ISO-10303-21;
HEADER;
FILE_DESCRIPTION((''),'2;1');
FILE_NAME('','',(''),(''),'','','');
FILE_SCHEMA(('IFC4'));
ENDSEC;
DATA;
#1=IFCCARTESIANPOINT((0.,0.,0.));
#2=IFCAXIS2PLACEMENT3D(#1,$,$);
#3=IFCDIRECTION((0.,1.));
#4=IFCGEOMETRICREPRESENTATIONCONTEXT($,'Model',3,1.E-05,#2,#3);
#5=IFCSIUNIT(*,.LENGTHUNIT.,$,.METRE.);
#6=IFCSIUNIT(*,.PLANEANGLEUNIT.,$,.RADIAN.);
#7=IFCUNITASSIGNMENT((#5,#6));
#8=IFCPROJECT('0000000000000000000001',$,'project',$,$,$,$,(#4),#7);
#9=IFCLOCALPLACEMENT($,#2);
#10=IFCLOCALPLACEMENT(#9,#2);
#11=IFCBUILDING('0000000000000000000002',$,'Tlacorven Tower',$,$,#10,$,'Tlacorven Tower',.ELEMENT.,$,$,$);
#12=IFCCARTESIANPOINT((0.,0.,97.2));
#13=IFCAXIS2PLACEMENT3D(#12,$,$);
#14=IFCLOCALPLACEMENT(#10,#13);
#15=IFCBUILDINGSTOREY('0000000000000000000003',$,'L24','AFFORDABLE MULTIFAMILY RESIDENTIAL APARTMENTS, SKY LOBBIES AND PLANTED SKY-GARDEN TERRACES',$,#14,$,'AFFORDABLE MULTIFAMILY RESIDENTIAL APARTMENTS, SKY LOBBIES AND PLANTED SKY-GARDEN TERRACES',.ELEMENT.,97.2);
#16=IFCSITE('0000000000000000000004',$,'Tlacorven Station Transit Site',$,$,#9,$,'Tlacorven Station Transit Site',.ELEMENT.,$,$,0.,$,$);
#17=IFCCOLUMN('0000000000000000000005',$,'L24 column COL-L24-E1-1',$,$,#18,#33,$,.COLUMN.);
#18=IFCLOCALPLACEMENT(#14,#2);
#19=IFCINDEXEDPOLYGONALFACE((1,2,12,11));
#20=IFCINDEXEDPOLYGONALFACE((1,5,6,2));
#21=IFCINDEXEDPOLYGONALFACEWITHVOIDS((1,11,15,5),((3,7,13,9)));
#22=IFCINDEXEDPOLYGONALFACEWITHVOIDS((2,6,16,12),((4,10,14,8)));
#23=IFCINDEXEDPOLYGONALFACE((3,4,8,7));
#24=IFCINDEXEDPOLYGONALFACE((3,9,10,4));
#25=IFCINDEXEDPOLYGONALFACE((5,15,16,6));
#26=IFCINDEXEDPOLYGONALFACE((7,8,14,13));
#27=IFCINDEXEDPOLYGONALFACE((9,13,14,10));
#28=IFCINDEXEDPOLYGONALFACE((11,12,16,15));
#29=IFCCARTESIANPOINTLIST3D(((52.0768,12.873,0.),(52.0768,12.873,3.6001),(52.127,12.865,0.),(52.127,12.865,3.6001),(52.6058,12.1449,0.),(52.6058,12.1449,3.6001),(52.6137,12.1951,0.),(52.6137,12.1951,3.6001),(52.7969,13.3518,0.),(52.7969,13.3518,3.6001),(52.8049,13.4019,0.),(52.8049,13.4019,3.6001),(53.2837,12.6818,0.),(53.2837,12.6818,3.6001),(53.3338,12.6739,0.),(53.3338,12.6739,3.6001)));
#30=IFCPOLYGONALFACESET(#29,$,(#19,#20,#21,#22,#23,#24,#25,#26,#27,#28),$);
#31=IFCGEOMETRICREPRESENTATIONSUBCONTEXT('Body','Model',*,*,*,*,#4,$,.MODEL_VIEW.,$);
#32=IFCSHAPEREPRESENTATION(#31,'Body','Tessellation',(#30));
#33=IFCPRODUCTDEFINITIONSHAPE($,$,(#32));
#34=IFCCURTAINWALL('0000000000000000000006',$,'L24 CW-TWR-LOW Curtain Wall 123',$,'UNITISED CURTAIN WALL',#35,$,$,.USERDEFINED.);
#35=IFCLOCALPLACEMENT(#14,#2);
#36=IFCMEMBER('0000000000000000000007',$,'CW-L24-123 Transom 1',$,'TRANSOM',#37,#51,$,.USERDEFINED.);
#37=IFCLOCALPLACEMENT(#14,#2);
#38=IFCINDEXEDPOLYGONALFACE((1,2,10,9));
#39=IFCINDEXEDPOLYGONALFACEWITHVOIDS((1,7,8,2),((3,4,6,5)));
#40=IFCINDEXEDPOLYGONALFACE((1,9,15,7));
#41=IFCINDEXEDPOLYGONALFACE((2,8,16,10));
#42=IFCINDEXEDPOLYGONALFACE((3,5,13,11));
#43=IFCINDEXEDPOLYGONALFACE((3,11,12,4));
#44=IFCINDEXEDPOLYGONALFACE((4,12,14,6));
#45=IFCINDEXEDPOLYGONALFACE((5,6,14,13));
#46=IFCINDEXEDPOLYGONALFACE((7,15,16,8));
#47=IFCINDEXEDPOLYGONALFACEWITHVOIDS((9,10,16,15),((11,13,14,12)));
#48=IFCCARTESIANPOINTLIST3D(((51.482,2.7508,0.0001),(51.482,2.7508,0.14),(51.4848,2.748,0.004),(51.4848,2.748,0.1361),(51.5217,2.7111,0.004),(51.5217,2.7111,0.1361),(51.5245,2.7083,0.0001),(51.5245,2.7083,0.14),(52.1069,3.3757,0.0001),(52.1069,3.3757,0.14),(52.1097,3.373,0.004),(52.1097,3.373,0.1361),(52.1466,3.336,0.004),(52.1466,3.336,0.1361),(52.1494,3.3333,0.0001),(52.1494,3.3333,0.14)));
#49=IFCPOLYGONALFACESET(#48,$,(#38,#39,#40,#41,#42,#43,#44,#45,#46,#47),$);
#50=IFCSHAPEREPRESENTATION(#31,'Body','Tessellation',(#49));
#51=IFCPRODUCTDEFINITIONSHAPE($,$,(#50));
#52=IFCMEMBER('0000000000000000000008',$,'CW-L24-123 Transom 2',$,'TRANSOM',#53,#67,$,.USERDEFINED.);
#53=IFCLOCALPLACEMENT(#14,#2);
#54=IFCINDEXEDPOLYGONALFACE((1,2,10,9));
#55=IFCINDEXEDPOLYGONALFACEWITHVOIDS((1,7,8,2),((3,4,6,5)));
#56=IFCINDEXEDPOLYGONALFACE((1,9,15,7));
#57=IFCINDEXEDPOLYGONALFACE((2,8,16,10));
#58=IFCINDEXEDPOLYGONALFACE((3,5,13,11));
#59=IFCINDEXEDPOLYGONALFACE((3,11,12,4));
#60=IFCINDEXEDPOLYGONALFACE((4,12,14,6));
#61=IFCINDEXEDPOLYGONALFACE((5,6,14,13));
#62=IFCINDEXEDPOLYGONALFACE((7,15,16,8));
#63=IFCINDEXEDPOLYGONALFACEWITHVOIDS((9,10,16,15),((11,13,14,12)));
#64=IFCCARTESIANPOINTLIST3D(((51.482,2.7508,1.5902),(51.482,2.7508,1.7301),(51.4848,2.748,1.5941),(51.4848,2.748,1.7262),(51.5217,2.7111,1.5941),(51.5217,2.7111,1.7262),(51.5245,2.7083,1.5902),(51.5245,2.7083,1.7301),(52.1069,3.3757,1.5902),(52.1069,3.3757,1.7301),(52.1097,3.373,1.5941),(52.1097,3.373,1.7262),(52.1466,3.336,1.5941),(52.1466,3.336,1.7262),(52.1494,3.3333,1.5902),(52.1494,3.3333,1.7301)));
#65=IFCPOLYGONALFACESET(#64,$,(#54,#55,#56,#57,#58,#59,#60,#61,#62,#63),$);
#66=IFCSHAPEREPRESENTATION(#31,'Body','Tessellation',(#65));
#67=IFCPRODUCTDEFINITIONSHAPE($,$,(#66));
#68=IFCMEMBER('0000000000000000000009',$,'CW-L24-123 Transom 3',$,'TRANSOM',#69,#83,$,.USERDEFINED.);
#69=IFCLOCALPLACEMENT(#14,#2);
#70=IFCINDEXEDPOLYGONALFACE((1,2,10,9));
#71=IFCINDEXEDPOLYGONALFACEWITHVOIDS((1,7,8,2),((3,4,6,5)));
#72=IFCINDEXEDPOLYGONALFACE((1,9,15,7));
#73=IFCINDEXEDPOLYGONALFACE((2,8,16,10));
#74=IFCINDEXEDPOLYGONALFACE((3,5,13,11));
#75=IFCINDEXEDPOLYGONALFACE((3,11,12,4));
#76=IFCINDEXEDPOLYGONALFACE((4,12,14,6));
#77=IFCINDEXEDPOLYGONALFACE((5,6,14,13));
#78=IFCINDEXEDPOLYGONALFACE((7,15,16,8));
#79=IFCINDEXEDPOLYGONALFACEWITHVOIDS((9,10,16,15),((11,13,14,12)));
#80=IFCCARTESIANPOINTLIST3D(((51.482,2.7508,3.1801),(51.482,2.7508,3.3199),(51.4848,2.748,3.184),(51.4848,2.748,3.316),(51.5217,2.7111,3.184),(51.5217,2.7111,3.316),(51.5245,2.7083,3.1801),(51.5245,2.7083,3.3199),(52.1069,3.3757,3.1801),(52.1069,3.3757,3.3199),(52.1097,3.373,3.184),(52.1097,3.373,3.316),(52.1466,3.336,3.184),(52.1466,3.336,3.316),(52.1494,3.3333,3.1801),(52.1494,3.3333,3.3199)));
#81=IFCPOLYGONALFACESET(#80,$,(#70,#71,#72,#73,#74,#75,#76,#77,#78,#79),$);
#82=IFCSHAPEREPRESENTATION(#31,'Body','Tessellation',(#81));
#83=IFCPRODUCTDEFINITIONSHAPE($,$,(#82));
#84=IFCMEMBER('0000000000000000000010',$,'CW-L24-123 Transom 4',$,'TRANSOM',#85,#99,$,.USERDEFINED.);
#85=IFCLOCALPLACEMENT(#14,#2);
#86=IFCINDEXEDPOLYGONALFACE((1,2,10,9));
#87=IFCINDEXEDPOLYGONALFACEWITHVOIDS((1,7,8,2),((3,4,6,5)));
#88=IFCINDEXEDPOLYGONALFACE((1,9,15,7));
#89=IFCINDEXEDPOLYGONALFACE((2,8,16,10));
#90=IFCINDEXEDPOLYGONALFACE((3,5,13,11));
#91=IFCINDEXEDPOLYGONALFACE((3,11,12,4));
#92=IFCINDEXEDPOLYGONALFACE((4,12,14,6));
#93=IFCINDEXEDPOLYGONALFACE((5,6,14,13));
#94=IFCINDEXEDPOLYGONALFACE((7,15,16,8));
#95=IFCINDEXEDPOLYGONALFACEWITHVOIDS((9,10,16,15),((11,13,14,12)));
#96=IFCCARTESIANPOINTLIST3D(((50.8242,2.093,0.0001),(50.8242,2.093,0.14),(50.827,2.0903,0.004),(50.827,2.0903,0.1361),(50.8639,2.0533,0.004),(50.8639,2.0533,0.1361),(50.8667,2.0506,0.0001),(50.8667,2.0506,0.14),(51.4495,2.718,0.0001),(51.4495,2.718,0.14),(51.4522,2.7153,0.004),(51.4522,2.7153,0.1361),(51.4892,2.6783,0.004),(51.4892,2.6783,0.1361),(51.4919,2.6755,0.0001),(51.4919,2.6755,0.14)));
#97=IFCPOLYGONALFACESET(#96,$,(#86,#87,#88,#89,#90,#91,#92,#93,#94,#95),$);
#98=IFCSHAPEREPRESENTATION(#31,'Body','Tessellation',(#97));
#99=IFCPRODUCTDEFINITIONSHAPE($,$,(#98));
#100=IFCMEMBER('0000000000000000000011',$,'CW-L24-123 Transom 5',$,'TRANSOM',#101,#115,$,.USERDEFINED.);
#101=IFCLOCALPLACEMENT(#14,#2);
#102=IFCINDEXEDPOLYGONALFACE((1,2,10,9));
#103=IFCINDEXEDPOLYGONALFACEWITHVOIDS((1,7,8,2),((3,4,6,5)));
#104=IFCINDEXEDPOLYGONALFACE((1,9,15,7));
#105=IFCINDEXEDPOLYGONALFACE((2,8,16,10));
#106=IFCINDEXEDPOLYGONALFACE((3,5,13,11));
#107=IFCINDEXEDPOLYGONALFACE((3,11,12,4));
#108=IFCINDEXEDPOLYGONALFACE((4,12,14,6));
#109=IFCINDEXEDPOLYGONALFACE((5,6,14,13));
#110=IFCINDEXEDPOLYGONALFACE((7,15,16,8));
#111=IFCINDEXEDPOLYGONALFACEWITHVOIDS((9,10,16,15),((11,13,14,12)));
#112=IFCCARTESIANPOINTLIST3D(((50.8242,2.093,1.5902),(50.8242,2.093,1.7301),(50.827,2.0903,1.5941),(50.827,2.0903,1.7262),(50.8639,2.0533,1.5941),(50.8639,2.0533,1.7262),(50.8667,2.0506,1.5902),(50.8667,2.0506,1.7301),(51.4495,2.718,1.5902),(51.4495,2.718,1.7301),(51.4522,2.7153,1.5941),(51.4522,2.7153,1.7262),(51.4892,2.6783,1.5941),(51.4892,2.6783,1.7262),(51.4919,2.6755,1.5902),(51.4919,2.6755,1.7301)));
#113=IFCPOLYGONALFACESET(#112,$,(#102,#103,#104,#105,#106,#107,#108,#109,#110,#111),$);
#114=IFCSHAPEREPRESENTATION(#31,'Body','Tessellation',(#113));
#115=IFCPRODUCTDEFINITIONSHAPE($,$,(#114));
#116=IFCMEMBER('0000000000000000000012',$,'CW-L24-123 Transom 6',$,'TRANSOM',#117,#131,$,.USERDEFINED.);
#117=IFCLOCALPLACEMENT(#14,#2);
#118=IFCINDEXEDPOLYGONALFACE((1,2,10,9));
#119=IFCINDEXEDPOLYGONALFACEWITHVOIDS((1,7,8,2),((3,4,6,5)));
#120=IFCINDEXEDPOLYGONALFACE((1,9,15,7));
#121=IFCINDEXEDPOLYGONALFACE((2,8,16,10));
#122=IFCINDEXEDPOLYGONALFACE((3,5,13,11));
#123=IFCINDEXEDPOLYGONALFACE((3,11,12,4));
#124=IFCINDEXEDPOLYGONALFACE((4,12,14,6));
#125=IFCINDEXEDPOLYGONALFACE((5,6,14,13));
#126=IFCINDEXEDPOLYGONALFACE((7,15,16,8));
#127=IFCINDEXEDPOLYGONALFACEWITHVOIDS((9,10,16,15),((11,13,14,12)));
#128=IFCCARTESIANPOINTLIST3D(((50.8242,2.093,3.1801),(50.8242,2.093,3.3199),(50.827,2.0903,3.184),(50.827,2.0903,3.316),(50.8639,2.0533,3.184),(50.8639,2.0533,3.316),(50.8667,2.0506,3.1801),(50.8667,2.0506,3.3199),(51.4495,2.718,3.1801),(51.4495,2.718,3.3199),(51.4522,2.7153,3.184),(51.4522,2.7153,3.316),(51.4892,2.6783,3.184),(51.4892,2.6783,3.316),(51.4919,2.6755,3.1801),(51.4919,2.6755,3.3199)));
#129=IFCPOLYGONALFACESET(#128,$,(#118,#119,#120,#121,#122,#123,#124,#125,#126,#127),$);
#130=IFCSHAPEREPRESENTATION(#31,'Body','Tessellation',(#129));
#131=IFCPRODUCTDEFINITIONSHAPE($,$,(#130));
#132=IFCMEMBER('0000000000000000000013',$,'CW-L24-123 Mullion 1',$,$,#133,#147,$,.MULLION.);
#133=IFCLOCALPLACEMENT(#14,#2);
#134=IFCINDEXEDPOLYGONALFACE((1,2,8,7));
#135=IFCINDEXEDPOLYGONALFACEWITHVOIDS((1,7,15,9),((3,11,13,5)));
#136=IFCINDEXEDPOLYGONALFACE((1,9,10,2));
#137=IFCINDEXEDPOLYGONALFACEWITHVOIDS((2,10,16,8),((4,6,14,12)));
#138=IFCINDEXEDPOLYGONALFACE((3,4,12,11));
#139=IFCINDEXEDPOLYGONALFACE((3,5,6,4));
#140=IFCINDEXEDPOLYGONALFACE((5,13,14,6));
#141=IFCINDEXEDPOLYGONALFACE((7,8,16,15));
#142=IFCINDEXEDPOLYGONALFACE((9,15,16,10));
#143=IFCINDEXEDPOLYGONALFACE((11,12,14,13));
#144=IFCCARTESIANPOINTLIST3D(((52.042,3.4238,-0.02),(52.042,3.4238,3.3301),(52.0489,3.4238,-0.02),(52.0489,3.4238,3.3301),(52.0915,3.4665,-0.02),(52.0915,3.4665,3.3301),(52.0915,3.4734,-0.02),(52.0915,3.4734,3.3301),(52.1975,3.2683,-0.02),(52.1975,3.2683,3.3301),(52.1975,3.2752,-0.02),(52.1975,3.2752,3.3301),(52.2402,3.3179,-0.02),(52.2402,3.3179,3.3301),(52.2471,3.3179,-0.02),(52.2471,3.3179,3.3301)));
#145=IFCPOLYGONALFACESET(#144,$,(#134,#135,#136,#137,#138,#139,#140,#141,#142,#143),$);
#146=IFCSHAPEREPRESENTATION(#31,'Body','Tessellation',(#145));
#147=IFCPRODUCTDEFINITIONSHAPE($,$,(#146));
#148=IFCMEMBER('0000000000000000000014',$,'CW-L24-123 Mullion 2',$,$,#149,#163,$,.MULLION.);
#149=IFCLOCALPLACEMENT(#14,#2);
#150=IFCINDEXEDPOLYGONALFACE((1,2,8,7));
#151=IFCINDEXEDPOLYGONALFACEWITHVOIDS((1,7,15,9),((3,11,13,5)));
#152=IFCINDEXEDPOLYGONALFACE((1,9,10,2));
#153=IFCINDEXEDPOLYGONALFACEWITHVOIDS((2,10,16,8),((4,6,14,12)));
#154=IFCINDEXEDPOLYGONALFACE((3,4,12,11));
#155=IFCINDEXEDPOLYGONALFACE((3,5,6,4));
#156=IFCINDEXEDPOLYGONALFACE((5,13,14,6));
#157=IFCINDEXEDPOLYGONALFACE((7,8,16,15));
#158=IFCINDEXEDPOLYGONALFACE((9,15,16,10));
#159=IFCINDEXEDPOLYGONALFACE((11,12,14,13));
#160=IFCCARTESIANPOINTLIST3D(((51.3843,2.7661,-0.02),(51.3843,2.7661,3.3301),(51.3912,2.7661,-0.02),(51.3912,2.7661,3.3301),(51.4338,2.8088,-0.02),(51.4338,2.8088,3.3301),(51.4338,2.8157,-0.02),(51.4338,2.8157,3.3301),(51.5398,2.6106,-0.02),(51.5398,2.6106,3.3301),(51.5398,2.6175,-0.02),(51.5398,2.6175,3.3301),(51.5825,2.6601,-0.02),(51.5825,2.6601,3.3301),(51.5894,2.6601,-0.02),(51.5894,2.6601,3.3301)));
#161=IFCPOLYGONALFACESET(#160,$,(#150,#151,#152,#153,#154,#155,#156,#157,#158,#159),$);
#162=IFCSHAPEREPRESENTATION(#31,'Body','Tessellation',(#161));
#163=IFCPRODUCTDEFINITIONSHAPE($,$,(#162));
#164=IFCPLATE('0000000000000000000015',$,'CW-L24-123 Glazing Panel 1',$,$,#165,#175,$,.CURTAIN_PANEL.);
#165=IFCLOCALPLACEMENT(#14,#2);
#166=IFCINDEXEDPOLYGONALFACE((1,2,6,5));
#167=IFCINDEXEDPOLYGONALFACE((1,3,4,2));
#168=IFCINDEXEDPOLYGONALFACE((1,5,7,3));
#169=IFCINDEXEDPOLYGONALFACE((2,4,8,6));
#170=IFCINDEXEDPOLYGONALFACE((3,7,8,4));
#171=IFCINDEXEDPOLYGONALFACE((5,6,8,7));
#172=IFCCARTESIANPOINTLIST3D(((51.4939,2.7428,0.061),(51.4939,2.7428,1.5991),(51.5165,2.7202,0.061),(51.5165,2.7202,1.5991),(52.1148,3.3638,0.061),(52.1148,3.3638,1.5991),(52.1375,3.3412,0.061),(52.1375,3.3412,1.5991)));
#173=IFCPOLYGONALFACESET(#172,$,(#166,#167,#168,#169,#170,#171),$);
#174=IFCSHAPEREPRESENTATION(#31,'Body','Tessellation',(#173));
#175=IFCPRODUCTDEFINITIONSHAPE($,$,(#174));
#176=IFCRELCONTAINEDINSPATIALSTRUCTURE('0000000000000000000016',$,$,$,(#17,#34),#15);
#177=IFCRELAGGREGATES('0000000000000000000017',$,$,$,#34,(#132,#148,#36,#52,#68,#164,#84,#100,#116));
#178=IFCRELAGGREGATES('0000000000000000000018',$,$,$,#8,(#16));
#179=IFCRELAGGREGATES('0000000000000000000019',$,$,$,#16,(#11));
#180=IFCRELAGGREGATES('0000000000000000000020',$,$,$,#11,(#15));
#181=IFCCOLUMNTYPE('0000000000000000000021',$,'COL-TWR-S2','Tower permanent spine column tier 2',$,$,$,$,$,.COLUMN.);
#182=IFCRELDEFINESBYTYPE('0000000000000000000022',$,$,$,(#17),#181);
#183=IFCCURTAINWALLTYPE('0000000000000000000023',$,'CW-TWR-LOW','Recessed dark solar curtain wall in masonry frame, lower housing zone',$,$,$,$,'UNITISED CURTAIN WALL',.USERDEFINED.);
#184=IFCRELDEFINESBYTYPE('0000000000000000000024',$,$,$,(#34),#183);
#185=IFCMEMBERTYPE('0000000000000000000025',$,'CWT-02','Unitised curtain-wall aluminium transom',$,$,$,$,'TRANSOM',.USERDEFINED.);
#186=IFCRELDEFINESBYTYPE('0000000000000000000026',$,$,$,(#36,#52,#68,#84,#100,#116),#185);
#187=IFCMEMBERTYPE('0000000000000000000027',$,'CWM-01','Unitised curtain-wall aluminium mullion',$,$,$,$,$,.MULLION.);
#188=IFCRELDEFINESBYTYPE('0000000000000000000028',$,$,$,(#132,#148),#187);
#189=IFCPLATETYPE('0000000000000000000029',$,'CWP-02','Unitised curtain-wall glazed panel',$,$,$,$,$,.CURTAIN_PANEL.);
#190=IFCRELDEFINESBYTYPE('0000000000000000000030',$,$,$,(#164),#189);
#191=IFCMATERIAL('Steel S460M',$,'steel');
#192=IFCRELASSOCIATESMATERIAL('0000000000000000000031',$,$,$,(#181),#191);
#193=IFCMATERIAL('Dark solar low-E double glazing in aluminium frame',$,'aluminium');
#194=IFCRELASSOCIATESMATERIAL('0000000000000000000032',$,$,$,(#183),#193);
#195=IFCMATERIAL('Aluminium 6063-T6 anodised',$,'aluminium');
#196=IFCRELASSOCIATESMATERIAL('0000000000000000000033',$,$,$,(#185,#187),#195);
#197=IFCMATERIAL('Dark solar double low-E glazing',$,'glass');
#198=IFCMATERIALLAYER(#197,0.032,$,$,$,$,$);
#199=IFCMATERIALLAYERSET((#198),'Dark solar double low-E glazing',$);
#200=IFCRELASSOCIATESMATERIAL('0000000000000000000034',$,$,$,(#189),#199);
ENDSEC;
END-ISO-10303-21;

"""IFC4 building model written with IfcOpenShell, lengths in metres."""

from ifc_helpers import new_model, si_unit, direction, frame, origin, origin_2d, place, context, subcontext, project, spatial, rectangle, hollow_rectangle, extrude, source, transform, mapped, material, layer, layer_set, material_profile, profile_set, type_object, element, aggregate, save


model = new_model("IFC4")

# Units and contexts
model_context = context("Model", 3, precision=1e-05, world=origin(), true_north=direction((0.0, 1.0)))
body_context = subcontext(model_context, "Body", "Model", "MODEL_VIEW")
ifc_project = project(units=[si_unit("LENGTHUNIT", "METRE"), si_unit("PLANEANGLEUNIT", "RADIAN")], contexts=[model_context])

# Site, building, storey
site_placement = place(None, origin())
site = spatial("IfcSite", under=ifc_project, at=site_placement, Name="Tlacorven Station Transit Site", LongName="Tlacorven Station Transit Site", CompositionType="ELEMENT", RefElevation=0.0)
building_placement = place(site_placement, origin())
building = spatial("IfcBuilding", under=site, at=building_placement, Name="Tlacorven Tower", LongName="Tlacorven Tower", CompositionType="ELEMENT")
storey_placement = place(building_placement, frame((0.0, 0.0, 97.2)))
storey = spatial("IfcBuildingStorey", under=building, at=storey_placement, Name="L24", Description="AFFORDABLE MULTIFAMILY RESIDENTIAL APARTMENTS, SKY LOBBIES AND PLANTED SKY-GARDEN TERRACES", LongName="AFFORDABLE MULTIFAMILY RESIDENTIAL APARTMENTS, SKY LOBBIES AND PLANTED SKY-GARDEN TERRACES", CompositionType="ELEMENT", Elevation=97.2)

# Column
ifc_material_1 = material(Name="Steel S460M", Category="steel")
ifc_material_profile_1 = material_profile(ifc_material_1, hollow_rectangle(XDim=0.8999, YDim=0.8999, WallThickness=0.0359, at=origin_2d()), Name="BOX 900X900X36")
ifc_profile_set_1 = profile_set([ifc_material_profile_1], Name="Steel S460M")
column_type = type_object("IfcColumnType", Name="COL-TWR-S2", Description="Tower permanent spine column tier 2", PredefinedType="COLUMN", material=ifc_profile_set_1)
shared_shape_1 = source(origin(), body_context, "Body", "SweptSolid", [
    extrude(hollow_rectangle(XDim=0.8999, YDim=0.8999, WallThickness=0.0359, at=origin_2d()), origin(), (0.0, 0.0, 1.0), 3.6001),
])
column_placement = place(storey_placement, frame((52.7053, 12.7734, 0.0), z_axis=(0.0, 0.0, 1.0), x_axis=(0.809017, 0.587785, 0.0)))
element("IfcColumn", 1, at=column_placement, inside=storey, type_object=column_type, Name="L24 column COL-L24-E1-1", PredefinedType="COLUMN", context=body_context, shape_type="MappedRepresentation", body=[
    mapped(shared_shape_1, transform((0.0, 0.0, 0.0), scale=1.0)),
])

# Curtain wall, members, plate
ifc_material_2 = material(Name="Dark solar low-E double glazing in aluminium frame", Category="aluminium")
curtain_wall_type = type_object("IfcCurtainWallType", Name="CW-TWR-LOW", Description="Recessed dark solar curtain wall in masonry frame, lower housing zone", ElementType="UNITISED CURTAIN WALL", PredefinedType="USERDEFINED", material=ifc_material_2)
curtain_wall_placement = place(storey_placement, origin())
curtain_wall = element("IfcCurtainWall", 2, at=curtain_wall_placement, inside=storey, type_object=curtain_wall_type, Name="L24 CW-TWR-LOW Curtain Wall 123", ObjectType="UNITISED CURTAIN WALL", PredefinedType="USERDEFINED")
ifc_material_3 = material(Name="Aluminium 6063-T6 anodised", Category="aluminium")
ifc_material_profile_2 = material_profile(ifc_material_3, hollow_rectangle(XDim=0.0601, YDim=0.1399, WallThickness=0.0039, at=origin_2d()), Name="ALU TRANSOM 60X140")
ifc_profile_set_2 = profile_set([ifc_material_profile_2], Name="Aluminium 6063-T6 anodised")
member_type_1 = type_object("IfcMemberType", Name="CWT-02", Description="Unitised curtain-wall aluminium transom", ElementType="TRANSOM", PredefinedType="USERDEFINED", material=ifc_profile_set_2)
shared_shape_2 = source(origin(), body_context, "Body", "SweptSolid", [
    extrude(hollow_rectangle(XDim=0.0601, YDim=0.1399, WallThickness=0.0039, at=origin_2d()), origin(), (0.0, 0.0, 1.0), 0.8838),
])
member_1_placement = place(storey_placement, frame((52.1282, 3.3545, 0.0701), z_axis=(-0.707107, -0.707107, 0.0), x_axis=(0.707107, -0.707107, 0.0)))
member_1 = element("IfcMember", 3, at=member_1_placement, type_object=member_type_1, Name="CW-L24-123 Transom 1", ObjectType="TRANSOM", PredefinedType="USERDEFINED", context=body_context, shape_type="MappedRepresentation", body=[
    mapped(shared_shape_2, transform((0.0, 0.0, 0.0), scale=1.0)),
])
member_2_placement = place(storey_placement, frame((52.1282, 3.3545, 1.6602), z_axis=(-0.707107, -0.707107, 0.0), x_axis=(0.707107, -0.707107, 0.0)))
member_2 = element("IfcMember", 4, at=member_2_placement, type_object=member_type_1, Name="CW-L24-123 Transom 2", ObjectType="TRANSOM", PredefinedType="USERDEFINED", context=body_context, shape_type="MappedRepresentation", body=[
    mapped(shared_shape_2, transform((0.0, 0.0, 0.0), scale=1.0)),
])
member_3_placement = place(storey_placement, frame((52.1282, 3.3545, 3.25), z_axis=(-0.707107, -0.707107, 0.0), x_axis=(0.707107, -0.707107, 0.0)))
member_3 = element("IfcMember", 5, at=member_3_placement, type_object=member_type_1, Name="CW-L24-123 Transom 3", ObjectType="TRANSOM", PredefinedType="USERDEFINED", context=body_context, shape_type="MappedRepresentation", body=[
    mapped(shared_shape_2, transform((0.0, 0.0, 0.0), scale=1.0)),
])
shared_shape_3 = source(origin(), body_context, "Body", "SweptSolid", [
    extrude(hollow_rectangle(XDim=0.0601, YDim=0.1399, WallThickness=0.0039, at=origin_2d()), origin(), (0.0, 0.0, 1.0), 0.884),
])
member_4_placement = place(storey_placement, frame((51.4707, 2.6968, 0.0701), z_axis=(-0.707245, -0.706969, 0.0), x_axis=(0.706969, -0.707245, 0.0)))
member_4 = element("IfcMember", 6, at=member_4_placement, type_object=member_type_1, Name="CW-L24-123 Transom 4", ObjectType="TRANSOM", PredefinedType="USERDEFINED", context=body_context, shape_type="MappedRepresentation", body=[
    mapped(shared_shape_3, transform((0.0, 0.0, 0.0), scale=1.0)),
])
member_5_placement = place(storey_placement, frame((51.4707, 2.6968, 1.6602), z_axis=(-0.707245, -0.706969, 0.0), x_axis=(0.706969, -0.707245, 0.0)))
member_5 = element("IfcMember", 7, at=member_5_placement, type_object=member_type_1, Name="CW-L24-123 Transom 5", ObjectType="TRANSOM", PredefinedType="USERDEFINED", context=body_context, shape_type="MappedRepresentation", body=[
    mapped(shared_shape_3, transform((0.0, 0.0, 0.0), scale=1.0)),
])
member_6_placement = place(storey_placement, frame((51.4707, 2.6968, 3.25), z_axis=(-0.707245, -0.706969, 0.0), x_axis=(0.706969, -0.707245, 0.0)))
member_6 = element("IfcMember", 8, at=member_6_placement, type_object=member_type_1, Name="CW-L24-123 Transom 6", ObjectType="TRANSOM", PredefinedType="USERDEFINED", context=body_context, shape_type="MappedRepresentation", body=[
    mapped(shared_shape_3, transform((0.0, 0.0, 0.0), scale=1.0)),
])
ifc_material_profile_3 = material_profile(ifc_material_3, hollow_rectangle(XDim=0.0701, YDim=0.22, WallThickness=0.0049, at=origin_2d()), Name="ALU MULLION 70X220")
ifc_profile_set_3 = profile_set([ifc_material_profile_3], Name="Aluminium 6063-T6 anodised")
member_type_2 = type_object("IfcMemberType", Name="CWM-01", Description="Unitised curtain-wall aluminium mullion", PredefinedType="MULLION", material=ifc_profile_set_3)
shared_shape_4 = source(origin(), body_context, "Body", "SweptSolid", [
    extrude(hollow_rectangle(XDim=0.0701, YDim=0.22, WallThickness=0.0049, at=origin_2d()), origin(), (0.0, 0.0, 1.0), 3.3501),
])
member_7_placement = place(storey_placement, frame((52.1445, 3.3708, -0.02), z_axis=(0.0, 0.0, 1.0), x_axis=(-0.707107, -0.707107, 0.0)))
member_7 = element("IfcMember", 9, at=member_7_placement, type_object=member_type_2, Name="CW-L24-123 Mullion 1", PredefinedType="MULLION", context=body_context, shape_type="MappedRepresentation", body=[
    mapped(shared_shape_4, transform((0.0, 0.0, 0.0), scale=1.0)),
])
member_8_placement = place(storey_placement, frame((51.4868, 2.7131, -0.02), z_axis=(0.0, 0.0, 1.0), x_axis=(-0.707107, -0.707107, 0.0)))
member_8 = element("IfcMember", 10, at=member_8_placement, type_object=member_type_2, Name="CW-L24-123 Mullion 2", PredefinedType="MULLION", context=body_context, shape_type="MappedRepresentation", body=[
    mapped(shared_shape_4, transform((0.0, 0.0, 0.0), scale=1.0)),
])
ifc_material_4 = material(Name="Dark solar double low-E glazing", Category="glass")
ifc_layer_1 = layer(ifc_material_4, 0.032)
ifc_layer_set_1 = layer_set([ifc_layer_1], Name="Dark solar double low-E glazing")
plate_type = type_object("IfcPlateType", Name="CWP-02", Description="Unitised curtain-wall glazed panel", PredefinedType="CURTAIN_PANEL", material=ifc_layer_set_1)
shared_shape_5 = source(origin(), body_context, "Body", "SweptSolid", [
    extrude(rectangle(XDim=0.8782, YDim=0.032, at=origin_2d()), origin(), (0.0, 0.0, 1.0), 1.5381),
])
plate_1_placement = place(storey_placement, frame((51.8157, 3.042, 0.061), z_axis=(0.0, 0.0, 1.0), x_axis=(-0.707107, -0.707107, 0.0)))
plate_1 = element("IfcPlate", 11, at=plate_1_placement, type_object=plate_type, Name="CW-L24-123 Glazing Panel 1", PredefinedType="CURTAIN_PANEL", context=body_context, shape_type="MappedRepresentation", body=[
    mapped(shared_shape_5, transform((0.0, 0.0, 0.0), scale=1.0)),
])
aggregate(curtain_wall, [member_7, member_8, member_1, member_2, member_3, plate_1, member_4, member_5, member_6])

save(model, "model.ifc")
